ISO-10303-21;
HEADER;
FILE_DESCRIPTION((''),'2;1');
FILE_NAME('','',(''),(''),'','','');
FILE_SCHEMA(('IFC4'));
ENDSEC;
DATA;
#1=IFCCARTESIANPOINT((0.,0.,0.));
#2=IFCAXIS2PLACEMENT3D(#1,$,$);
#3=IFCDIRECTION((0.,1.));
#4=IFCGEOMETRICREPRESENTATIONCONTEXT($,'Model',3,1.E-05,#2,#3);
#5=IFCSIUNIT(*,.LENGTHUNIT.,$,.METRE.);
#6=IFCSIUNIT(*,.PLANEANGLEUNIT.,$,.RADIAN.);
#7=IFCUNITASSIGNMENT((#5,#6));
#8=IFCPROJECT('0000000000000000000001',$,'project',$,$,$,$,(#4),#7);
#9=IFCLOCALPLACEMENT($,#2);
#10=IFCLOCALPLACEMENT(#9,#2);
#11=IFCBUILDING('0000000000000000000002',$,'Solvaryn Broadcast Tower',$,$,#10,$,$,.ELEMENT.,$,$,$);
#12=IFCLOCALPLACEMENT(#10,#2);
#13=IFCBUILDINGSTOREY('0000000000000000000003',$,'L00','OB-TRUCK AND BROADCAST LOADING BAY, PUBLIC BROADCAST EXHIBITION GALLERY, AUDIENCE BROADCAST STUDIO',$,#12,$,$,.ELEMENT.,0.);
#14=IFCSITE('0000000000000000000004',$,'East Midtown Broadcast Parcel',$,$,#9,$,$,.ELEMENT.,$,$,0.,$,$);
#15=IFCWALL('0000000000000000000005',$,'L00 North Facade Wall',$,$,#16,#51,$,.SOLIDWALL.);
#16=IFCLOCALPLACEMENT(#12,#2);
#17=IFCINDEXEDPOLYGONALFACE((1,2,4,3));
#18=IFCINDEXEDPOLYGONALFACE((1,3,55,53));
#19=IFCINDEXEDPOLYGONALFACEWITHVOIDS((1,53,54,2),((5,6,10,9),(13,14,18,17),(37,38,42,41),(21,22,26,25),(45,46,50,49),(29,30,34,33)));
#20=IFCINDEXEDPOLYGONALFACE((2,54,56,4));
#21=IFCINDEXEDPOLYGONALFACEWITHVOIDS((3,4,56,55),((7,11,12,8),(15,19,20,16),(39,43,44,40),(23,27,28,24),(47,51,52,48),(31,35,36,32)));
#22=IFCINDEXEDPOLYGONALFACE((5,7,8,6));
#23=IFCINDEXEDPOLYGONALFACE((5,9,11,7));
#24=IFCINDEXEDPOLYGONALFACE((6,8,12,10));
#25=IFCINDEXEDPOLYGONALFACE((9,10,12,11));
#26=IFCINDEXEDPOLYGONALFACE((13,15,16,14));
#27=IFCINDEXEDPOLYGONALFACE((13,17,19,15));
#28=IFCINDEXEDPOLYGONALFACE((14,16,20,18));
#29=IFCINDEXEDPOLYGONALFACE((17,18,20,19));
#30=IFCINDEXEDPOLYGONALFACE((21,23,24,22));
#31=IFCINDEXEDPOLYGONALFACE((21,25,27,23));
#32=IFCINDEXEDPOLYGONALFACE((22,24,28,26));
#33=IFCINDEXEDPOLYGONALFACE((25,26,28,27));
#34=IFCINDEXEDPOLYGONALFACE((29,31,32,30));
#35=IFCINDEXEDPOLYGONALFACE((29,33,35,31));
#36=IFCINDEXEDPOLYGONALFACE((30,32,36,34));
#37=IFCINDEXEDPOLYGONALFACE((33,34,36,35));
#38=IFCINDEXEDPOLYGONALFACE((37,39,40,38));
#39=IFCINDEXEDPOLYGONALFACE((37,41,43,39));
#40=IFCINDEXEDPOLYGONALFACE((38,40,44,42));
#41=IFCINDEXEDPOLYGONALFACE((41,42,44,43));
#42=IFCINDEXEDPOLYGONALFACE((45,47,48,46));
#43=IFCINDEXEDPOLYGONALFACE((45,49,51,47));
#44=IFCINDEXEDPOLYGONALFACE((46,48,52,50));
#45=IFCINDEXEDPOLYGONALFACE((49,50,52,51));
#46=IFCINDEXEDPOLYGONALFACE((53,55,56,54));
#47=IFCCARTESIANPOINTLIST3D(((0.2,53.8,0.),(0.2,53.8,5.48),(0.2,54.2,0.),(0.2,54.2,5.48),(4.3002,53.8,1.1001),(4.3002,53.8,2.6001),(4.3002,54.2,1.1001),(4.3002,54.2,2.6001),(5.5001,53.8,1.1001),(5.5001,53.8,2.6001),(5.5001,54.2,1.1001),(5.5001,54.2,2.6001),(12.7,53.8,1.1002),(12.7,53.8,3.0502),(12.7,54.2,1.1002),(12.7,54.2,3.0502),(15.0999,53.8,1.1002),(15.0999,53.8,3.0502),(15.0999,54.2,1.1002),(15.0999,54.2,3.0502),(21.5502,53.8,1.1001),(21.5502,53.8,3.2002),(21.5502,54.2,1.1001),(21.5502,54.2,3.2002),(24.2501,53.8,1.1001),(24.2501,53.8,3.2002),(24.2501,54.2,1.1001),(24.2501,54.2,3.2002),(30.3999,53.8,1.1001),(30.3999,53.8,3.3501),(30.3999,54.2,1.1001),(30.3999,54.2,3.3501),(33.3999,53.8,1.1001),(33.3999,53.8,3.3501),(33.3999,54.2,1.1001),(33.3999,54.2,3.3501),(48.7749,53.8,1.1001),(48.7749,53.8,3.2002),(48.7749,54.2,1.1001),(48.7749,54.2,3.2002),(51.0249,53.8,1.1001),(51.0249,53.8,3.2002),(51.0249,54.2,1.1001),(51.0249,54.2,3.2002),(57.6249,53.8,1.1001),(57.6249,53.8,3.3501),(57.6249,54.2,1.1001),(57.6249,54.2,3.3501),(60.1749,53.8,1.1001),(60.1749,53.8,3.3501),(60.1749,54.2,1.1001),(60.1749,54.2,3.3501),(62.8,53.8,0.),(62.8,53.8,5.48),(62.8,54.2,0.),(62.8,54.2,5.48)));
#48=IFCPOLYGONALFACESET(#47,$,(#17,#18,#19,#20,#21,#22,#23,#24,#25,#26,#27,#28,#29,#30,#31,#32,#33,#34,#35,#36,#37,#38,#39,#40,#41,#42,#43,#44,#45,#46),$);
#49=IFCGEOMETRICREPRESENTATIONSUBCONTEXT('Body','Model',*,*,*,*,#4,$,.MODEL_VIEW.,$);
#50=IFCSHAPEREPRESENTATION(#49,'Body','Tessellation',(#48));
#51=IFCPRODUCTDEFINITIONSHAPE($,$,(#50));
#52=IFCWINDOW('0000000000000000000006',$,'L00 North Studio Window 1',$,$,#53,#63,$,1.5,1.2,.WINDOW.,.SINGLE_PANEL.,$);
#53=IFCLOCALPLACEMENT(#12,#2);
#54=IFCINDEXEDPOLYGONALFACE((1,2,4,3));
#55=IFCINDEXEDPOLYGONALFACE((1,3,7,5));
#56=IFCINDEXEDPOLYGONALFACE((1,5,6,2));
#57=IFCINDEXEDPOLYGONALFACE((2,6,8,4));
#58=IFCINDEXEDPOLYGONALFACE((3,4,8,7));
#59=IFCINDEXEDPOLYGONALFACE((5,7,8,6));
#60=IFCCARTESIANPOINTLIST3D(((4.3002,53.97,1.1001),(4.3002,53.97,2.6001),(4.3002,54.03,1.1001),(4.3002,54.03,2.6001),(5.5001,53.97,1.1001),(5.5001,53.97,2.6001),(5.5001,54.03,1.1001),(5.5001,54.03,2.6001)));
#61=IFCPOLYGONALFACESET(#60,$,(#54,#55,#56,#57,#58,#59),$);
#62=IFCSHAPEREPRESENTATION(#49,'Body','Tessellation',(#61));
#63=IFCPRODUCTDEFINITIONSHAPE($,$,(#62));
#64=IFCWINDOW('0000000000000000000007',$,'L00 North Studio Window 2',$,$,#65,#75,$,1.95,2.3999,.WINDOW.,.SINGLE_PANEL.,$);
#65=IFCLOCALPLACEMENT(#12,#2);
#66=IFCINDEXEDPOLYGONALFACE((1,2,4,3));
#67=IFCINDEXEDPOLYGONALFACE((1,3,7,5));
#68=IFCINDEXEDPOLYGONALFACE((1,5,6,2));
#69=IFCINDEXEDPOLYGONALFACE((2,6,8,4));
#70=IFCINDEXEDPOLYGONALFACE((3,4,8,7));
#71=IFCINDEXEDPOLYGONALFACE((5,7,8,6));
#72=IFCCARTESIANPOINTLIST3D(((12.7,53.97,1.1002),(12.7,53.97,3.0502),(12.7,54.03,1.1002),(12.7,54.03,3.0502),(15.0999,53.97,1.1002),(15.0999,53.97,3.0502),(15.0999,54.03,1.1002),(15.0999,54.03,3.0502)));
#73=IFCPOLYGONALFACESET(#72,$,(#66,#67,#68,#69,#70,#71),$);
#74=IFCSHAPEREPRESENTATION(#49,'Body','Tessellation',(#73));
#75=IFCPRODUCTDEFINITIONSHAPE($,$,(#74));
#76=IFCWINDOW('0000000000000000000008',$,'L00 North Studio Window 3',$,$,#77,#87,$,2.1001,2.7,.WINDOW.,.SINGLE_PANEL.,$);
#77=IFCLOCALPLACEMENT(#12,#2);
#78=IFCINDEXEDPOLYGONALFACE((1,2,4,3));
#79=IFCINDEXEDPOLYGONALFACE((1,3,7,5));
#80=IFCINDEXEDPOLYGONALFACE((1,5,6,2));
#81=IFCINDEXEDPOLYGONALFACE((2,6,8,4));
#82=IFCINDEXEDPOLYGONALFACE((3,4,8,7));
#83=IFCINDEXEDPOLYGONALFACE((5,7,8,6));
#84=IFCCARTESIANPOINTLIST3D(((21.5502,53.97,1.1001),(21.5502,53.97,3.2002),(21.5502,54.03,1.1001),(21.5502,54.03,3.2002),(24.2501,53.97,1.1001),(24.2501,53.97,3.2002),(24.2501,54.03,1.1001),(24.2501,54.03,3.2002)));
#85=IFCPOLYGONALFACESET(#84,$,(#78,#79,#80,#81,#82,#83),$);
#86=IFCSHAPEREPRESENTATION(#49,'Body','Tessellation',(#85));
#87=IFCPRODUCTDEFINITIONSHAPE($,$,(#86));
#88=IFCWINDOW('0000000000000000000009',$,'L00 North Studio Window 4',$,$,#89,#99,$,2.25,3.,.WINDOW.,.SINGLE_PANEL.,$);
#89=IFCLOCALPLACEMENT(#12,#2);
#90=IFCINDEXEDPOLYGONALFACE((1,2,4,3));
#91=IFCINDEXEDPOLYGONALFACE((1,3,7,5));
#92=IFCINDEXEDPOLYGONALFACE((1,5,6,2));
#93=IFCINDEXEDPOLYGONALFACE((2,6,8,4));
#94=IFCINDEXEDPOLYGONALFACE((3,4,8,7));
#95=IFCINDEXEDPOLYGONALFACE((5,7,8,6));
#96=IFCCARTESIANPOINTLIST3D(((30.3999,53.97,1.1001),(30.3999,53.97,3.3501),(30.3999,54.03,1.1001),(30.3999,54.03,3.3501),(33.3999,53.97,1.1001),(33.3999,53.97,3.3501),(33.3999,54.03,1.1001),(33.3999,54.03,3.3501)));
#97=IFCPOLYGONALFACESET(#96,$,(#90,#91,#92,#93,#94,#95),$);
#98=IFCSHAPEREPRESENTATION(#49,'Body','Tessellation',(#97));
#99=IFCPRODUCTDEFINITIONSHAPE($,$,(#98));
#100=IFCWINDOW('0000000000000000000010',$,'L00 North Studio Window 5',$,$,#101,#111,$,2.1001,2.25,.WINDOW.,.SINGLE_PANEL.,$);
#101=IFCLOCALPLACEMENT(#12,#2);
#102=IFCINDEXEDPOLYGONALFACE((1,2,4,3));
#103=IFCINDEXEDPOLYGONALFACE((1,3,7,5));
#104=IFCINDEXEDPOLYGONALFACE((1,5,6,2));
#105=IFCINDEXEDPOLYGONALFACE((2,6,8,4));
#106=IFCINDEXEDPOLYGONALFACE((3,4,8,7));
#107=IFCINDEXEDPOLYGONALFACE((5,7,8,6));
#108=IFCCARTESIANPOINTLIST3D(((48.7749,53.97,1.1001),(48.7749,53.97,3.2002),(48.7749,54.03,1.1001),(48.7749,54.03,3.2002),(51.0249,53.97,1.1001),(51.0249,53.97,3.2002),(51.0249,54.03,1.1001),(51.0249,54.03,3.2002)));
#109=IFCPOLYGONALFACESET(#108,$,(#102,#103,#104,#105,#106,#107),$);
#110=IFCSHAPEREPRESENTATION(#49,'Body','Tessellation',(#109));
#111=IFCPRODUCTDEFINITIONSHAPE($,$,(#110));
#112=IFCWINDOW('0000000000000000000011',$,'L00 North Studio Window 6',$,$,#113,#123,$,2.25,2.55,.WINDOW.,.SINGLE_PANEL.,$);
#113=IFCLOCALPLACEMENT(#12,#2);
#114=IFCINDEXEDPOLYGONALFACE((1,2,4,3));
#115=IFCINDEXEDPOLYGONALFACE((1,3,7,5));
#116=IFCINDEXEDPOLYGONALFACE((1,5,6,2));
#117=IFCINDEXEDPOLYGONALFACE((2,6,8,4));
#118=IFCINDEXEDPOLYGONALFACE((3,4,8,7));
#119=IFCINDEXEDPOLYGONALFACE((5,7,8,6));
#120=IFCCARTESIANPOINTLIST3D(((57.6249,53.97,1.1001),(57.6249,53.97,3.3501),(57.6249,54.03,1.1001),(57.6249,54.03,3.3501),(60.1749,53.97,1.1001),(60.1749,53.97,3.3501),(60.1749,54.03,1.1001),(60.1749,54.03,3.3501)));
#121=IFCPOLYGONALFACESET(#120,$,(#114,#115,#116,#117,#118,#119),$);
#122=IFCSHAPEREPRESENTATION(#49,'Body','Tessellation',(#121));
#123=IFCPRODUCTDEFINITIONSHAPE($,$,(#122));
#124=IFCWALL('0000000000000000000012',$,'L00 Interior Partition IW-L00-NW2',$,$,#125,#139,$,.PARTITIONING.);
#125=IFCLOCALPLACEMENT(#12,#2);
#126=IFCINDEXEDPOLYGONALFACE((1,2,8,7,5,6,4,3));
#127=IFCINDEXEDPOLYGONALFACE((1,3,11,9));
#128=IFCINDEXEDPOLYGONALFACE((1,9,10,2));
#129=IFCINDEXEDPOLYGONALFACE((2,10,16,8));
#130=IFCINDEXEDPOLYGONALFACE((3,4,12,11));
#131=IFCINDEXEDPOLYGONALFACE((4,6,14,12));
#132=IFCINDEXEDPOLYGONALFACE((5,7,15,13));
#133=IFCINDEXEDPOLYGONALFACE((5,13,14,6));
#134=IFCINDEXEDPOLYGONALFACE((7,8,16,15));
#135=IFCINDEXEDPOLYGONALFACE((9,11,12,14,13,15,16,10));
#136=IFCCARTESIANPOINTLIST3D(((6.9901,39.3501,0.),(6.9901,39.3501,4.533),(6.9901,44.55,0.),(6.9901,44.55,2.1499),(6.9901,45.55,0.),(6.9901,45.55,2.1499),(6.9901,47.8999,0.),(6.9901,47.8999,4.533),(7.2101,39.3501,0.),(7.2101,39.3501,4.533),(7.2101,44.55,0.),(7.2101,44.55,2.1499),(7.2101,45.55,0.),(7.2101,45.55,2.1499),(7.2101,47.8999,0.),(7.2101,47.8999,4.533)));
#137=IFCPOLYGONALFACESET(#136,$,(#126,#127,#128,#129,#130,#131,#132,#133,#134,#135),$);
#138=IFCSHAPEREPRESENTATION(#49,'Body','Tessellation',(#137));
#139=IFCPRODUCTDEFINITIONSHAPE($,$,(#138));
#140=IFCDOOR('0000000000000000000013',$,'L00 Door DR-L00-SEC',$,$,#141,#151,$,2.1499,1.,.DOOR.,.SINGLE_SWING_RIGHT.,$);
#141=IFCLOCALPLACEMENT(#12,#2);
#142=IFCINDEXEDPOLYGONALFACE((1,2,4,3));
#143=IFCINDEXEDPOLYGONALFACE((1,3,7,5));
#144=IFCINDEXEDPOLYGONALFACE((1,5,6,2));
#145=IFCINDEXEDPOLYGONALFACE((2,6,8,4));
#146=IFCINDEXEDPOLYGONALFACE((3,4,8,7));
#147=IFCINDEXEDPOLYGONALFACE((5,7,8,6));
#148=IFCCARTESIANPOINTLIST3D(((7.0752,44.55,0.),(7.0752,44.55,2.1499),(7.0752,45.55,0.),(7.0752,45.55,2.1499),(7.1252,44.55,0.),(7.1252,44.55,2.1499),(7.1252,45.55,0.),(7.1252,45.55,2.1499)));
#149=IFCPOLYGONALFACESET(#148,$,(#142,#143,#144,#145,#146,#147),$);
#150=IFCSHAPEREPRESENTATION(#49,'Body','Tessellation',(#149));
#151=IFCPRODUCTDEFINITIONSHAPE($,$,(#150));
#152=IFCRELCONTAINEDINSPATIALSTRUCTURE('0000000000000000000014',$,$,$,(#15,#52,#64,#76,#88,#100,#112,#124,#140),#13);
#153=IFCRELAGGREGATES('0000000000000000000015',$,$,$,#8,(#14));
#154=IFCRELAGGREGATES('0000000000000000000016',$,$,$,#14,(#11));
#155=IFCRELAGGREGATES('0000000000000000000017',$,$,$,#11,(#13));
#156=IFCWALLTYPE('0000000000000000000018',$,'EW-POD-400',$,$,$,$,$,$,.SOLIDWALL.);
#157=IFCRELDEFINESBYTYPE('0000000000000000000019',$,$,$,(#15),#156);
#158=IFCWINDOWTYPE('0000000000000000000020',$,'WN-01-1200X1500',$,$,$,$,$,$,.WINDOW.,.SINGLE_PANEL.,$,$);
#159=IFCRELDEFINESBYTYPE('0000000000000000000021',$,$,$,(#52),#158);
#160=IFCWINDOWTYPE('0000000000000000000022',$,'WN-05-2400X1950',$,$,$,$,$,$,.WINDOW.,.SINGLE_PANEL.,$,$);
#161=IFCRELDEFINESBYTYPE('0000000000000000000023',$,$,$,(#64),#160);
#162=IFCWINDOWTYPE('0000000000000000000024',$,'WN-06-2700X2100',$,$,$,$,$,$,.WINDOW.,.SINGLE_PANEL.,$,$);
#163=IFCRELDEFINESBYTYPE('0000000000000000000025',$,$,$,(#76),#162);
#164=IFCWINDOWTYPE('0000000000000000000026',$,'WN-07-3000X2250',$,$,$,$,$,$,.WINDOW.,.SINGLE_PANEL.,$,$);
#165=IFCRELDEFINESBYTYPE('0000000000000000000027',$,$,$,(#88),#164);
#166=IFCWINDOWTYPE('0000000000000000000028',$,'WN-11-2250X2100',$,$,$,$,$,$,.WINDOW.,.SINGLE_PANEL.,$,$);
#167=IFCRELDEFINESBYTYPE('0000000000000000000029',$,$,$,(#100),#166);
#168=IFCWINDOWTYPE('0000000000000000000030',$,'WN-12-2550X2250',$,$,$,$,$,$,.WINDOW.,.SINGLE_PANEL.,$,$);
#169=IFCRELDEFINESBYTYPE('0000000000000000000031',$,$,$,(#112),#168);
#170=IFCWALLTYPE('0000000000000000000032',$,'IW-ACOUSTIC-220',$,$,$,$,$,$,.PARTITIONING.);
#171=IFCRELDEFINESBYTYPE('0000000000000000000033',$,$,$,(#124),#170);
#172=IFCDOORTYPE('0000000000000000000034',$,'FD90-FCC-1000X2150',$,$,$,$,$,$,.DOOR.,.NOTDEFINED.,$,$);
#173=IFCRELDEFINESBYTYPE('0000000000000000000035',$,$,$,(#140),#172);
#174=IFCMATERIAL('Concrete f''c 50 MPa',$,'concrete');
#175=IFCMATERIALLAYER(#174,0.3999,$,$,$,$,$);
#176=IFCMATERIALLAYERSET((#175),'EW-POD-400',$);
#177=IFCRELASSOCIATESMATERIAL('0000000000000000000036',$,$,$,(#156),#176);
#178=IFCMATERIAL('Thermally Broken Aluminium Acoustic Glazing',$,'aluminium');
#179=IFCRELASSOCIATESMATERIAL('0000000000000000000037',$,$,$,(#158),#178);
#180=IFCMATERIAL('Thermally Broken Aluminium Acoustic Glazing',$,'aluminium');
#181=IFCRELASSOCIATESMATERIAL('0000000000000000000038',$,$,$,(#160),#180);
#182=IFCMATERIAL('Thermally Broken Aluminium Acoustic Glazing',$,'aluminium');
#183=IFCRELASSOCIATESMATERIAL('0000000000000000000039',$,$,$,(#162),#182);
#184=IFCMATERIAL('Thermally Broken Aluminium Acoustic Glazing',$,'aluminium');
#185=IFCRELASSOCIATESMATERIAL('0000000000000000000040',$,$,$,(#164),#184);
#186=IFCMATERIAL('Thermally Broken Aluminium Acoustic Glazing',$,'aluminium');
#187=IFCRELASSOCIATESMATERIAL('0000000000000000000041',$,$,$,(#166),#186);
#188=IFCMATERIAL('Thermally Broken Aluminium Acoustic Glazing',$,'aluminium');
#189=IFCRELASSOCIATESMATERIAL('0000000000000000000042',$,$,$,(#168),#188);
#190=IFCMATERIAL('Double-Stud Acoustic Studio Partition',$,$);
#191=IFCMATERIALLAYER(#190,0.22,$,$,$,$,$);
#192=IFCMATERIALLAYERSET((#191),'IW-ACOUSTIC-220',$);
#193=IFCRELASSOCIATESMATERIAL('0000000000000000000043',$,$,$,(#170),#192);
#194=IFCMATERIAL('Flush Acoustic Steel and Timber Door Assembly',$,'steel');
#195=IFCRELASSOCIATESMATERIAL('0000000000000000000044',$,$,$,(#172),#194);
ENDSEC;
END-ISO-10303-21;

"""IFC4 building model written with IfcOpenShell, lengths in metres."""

from ifc_helpers import new_model, si_unit, direction, frame, frame_2d, origin, place, context, subcontext, project, spatial, rectangle, extrude, material, layer, layer_set, type_object, element, fill, save


model = new_model("IFC4")

# Units and contexts
model_context = context("Model", 3, precision=1e-05, world=origin(), true_north=direction((0.0, 1.0)))
body_context = subcontext(model_context, "Body", "Model", "MODEL_VIEW")
ifc_project = project(units=[si_unit("LENGTHUNIT", "METRE"), si_unit("PLANEANGLEUNIT", "RADIAN")], contexts=[model_context])

# Site, building, storey
site_placement = place(None, origin())
site = spatial("IfcSite", under=ifc_project, at=site_placement, Name="East Midtown Broadcast Parcel", CompositionType="ELEMENT", RefElevation=0.0)
building_placement = place(site_placement, origin())
building = spatial("IfcBuilding", under=site, at=building_placement, Name="Solvaryn Broadcast Tower", CompositionType="ELEMENT")
storey_placement = place(building_placement, origin())
storey = spatial("IfcBuildingStorey", under=building, at=storey_placement, Name="L00", Description="OB-TRUCK AND BROADCAST LOADING BAY, PUBLIC BROADCAST EXHIBITION GALLERY, AUDIENCE BROADCAST STUDIO", CompositionType="ELEMENT", Elevation=0.0)

# Wall, openings, windows
ifc_material_1 = material(Name="Concrete f'c 50 MPa", Category="concrete")
ifc_layer_1 = layer(ifc_material_1, 0.3999)
ifc_layer_set_1 = layer_set([ifc_layer_1], Name="EW-POD-400")
wall_type_1 = type_object("IfcWallType", Name="EW-POD-400", PredefinedType="SOLIDWALL", material=ifc_layer_set_1)
wall_1_placement = place(storey_placement, frame((0.2, 54.0, 0.0), z_axis=(0.0, 0.0, 1.0), x_axis=(1.0, 0.0, 0.0)))
wall_1 = element("IfcWall", 1, at=wall_1_placement, inside=storey, type_object=wall_type_1, Name="L00 North Facade Wall", PredefinedType="SOLIDWALL", context=body_context, shape_type="SweptSolid", body=[
    extrude(rectangle(XDim=62.6001, YDim=0.3999, at=frame_2d((31.3, 0.0))), origin(), (0.0, 0.0, 1.0), 5.48),
])
opening_1_placement = place(wall_1_placement, frame((4.1001, 0.0, 1.1001)))
opening_1 = element("IfcOpeningElement", 2, at=opening_1_placement, cuts=wall_1, PredefinedType="OPENING", context=body_context, shape_type="SweptSolid", body=[
    extrude(rectangle(XDim=1.2, YDim=1.5, at=frame_2d((0.6001, 0.75))), frame((0.0, 0.21, 0.0), z_axis=(0.0, -1.0, 0.0), x_axis=(1.0, 0.0, 0.0)), (0.0, 0.0, 1.0), 0.4199),
])
opening_2_placement = place(wall_1_placement, frame((12.5, 0.0, 1.1001)))
opening_2 = element("IfcOpeningElement", 3, at=opening_2_placement, cuts=wall_1, PredefinedType="OPENING", context=body_context, shape_type="SweptSolid", body=[
    extrude(rectangle(XDim=2.3999, YDim=1.95, at=frame_2d((1.2, 0.9751))), frame((0.0, 0.21, 0.0), z_axis=(0.0, -1.0, 0.0), x_axis=(1.0, 0.0, 0.0)), (0.0, 0.0, 1.0), 0.4199),
])
opening_3_placement = place(wall_1_placement, frame((21.3501, 0.0, 1.1001)))
opening_3 = element("IfcOpeningElement", 4, at=opening_3_placement, cuts=wall_1, PredefinedType="OPENING", context=body_context, shape_type="SweptSolid", body=[
    extrude(rectangle(XDim=2.7, YDim=2.1001, at=frame_2d((1.3501, 1.05))), frame((0.0, 0.21, 0.0), z_axis=(0.0, -1.0, 0.0), x_axis=(1.0, 0.0, 0.0)), (0.0, 0.0, 1.0), 0.4199),
])
opening_4_placement = place(wall_1_placement, frame((30.2, 0.0, 1.1001)))
opening_4 = element("IfcOpeningElement", 5, at=opening_4_placement, cuts=wall_1, PredefinedType="OPENING", context=body_context, shape_type="SweptSolid", body=[
    extrude(rectangle(XDim=3.0, YDim=2.25, at=frame_2d((1.5, 1.125))), frame((0.0, 0.21, 0.0), z_axis=(0.0, -1.0, 0.0), x_axis=(1.0, 0.0, 0.0)), (0.0, 0.0, 1.0), 0.4199),
])
opening_5_placement = place(wall_1_placement, frame((48.575, 0.0, 1.1001)))
opening_5 = element("IfcOpeningElement", 6, at=opening_5_placement, cuts=wall_1, PredefinedType="OPENING", context=body_context, shape_type="SweptSolid", body=[
    extrude(rectangle(XDim=2.25, YDim=2.1001, at=frame_2d((1.125, 1.05))), frame((0.0, 0.21, 0.0), z_axis=(0.0, -1.0, 0.0), x_axis=(1.0, 0.0, 0.0)), (0.0, 0.0, 1.0), 0.4199),
])
opening_6_placement = place(wall_1_placement, frame((57.425, 0.0, 1.1001)))
opening_6 = element("IfcOpeningElement", 7, at=opening_6_placement, cuts=wall_1, PredefinedType="OPENING", context=body_context, shape_type="SweptSolid", body=[
    extrude(rectangle(XDim=2.55, YDim=2.25, at=frame_2d((1.2749, 1.125))), frame((0.0, 0.21, 0.0), z_axis=(0.0, -1.0, 0.0), x_axis=(1.0, 0.0, 0.0)), (0.0, 0.0, 1.0), 0.4199),
])
ifc_material_2 = material(Name="Thermally Broken Aluminium Acoustic Glazing", Category="aluminium")
window_type_1 = type_object("IfcWindowType", Name="WN-01-1200X1500", PartitioningType="SINGLE_PANEL", PredefinedType="WINDOW", material=ifc_material_2)
window_1_placement = place(opening_1_placement, origin())
window_1 = element("IfcWindow", 8, at=window_1_placement, inside=storey, type_object=window_type_1, Name="L00 North Studio Window 1", OverallHeight=1.5, OverallWidth=1.2, PartitioningType="SINGLE_PANEL", PredefinedType="WINDOW", context=body_context, shape_type="SweptSolid", body=[
    extrude(rectangle(XDim=1.2, YDim=1.5, at=frame_2d((0.6001, 0.75))), frame((0.0, 0.03, 0.0), z_axis=(0.0, -1.0, 0.0), x_axis=(1.0, 0.0, 0.0)), (0.0, 0.0, 1.0), 0.0601),
])
fill(opening_1, window_1)
ifc_material_3 = material(Name="Thermally Broken Aluminium Acoustic Glazing", Category="aluminium")
window_type_2 = type_object("IfcWindowType", Name="WN-05-2400X1950", PartitioningType="SINGLE_PANEL", PredefinedType="WINDOW", material=ifc_material_3)
window_2_placement = place(opening_2_placement, origin())
window_2 = element("IfcWindow", 9, at=window_2_placement, inside=storey, type_object=window_type_2, Name="L00 North Studio Window 2", OverallHeight=1.95, OverallWidth=2.3999, PartitioningType="SINGLE_PANEL", PredefinedType="WINDOW", context=body_context, shape_type="SweptSolid", body=[
    extrude(rectangle(XDim=2.3999, YDim=1.95, at=frame_2d((1.2, 0.9751))), frame((0.0, 0.03, 0.0), z_axis=(0.0, -1.0, 0.0), x_axis=(1.0, 0.0, 0.0)), (0.0, 0.0, 1.0), 0.0601),
])
fill(opening_2, window_2)
ifc_material_4 = material(Name="Thermally Broken Aluminium Acoustic Glazing", Category="aluminium")
window_type_3 = type_object("IfcWindowType", Name="WN-06-2700X2100", PartitioningType="SINGLE_PANEL", PredefinedType="WINDOW", material=ifc_material_4)
window_3_placement = place(opening_3_placement, origin())
window_3 = element("IfcWindow", 10, at=window_3_placement, inside=storey, type_object=window_type_3, Name="L00 North Studio Window 3", OverallHeight=2.1001, OverallWidth=2.7, PartitioningType="SINGLE_PANEL", PredefinedType="WINDOW", context=body_context, shape_type="SweptSolid", body=[
    extrude(rectangle(XDim=2.7, YDim=2.1001, at=frame_2d((1.3501, 1.05))), frame((0.0, 0.03, 0.0), z_axis=(0.0, -1.0, 0.0), x_axis=(1.0, 0.0, 0.0)), (0.0, 0.0, 1.0), 0.0601),
])
fill(opening_3, window_3)
ifc_material_5 = material(Name="Thermally Broken Aluminium Acoustic Glazing", Category="aluminium")
window_type_4 = type_object("IfcWindowType", Name="WN-07-3000X2250", PartitioningType="SINGLE_PANEL", PredefinedType="WINDOW", material=ifc_material_5)
window_4_placement = place(opening_4_placement, origin())
window_4 = element("IfcWindow", 11, at=window_4_placement, inside=storey, type_object=window_type_4, Name="L00 North Studio Window 4", OverallHeight=2.25, OverallWidth=3.0, PartitioningType="SINGLE_PANEL", PredefinedType="WINDOW", context=body_context, shape_type="SweptSolid", body=[
    extrude(rectangle(XDim=3.0, YDim=2.25, at=frame_2d((1.5, 1.125))), frame((0.0, 0.03, 0.0), z_axis=(0.0, -1.0, 0.0), x_axis=(1.0, 0.0, 0.0)), (0.0, 0.0, 1.0), 0.0601),
])
fill(opening_4, window_4)
ifc_material_6 = material(Name="Thermally Broken Aluminium Acoustic Glazing", Category="aluminium")
window_type_5 = type_object("IfcWindowType", Name="WN-11-2250X2100", PartitioningType="SINGLE_PANEL", PredefinedType="WINDOW", material=ifc_material_6)
window_5_placement = place(opening_5_placement, origin())
window_5 = element("IfcWindow", 12, at=window_5_placement, inside=storey, type_object=window_type_5, Name="L00 North Studio Window 5", OverallHeight=2.1001, OverallWidth=2.25, PartitioningType="SINGLE_PANEL", PredefinedType="WINDOW", context=body_context, shape_type="SweptSolid", body=[
    extrude(rectangle(XDim=2.25, YDim=2.1001, at=frame_2d((1.125, 1.05))), frame((0.0, 0.03, 0.0), z_axis=(0.0, -1.0, 0.0), x_axis=(1.0, 0.0, 0.0)), (0.0, 0.0, 1.0), 0.0601),
])
fill(opening_5, window_5)
ifc_material_7 = material(Name="Thermally Broken Aluminium Acoustic Glazing", Category="aluminium")
window_type_6 = type_object("IfcWindowType", Name="WN-12-2550X2250", PartitioningType="SINGLE_PANEL", PredefinedType="WINDOW", material=ifc_material_7)
window_6_placement = place(opening_6_placement, origin())
window_6 = element("IfcWindow", 13, at=window_6_placement, inside=storey, type_object=window_type_6, Name="L00 North Studio Window 6", OverallHeight=2.25, OverallWidth=2.55, PartitioningType="SINGLE_PANEL", PredefinedType="WINDOW", context=body_context, shape_type="SweptSolid", body=[
    extrude(rectangle(XDim=2.55, YDim=2.25, at=frame_2d((1.2749, 1.125))), frame((0.0, 0.03, 0.0), z_axis=(0.0, -1.0, 0.0), x_axis=(1.0, 0.0, 0.0)), (0.0, 0.0, 1.0), 0.0601),
])
fill(opening_6, window_6)

# Wall, opening, door
ifc_material_8 = material(Name="Double-Stud Acoustic Studio Partition")
ifc_layer_2 = layer(ifc_material_8, 0.22)
ifc_layer_set_2 = layer_set([ifc_layer_2], Name="IW-ACOUSTIC-220")
wall_type_2 = type_object("IfcWallType", Name="IW-ACOUSTIC-220", PredefinedType="PARTITIONING", material=ifc_layer_set_2)
wall_2_placement = place(storey_placement, frame((7.1001, 39.3501, 0.0), z_axis=(0.0, 0.0, 1.0), x_axis=(0.0, 1.0, 0.0)))
wall_2 = element("IfcWall", 14, at=wall_2_placement, inside=storey, type_object=wall_type_2, Name="L00 Interior Partition IW-L00-NW2", PredefinedType="PARTITIONING", context=body_context, shape_type="SweptSolid", body=[
    extrude(rectangle(XDim=8.5498, YDim=0.22, at=frame_2d((4.2749, 0.0))), origin(), (0.0, 0.0, 1.0), 4.533),
])
opening_7_placement = place(wall_2_placement, frame((5.2, 0.0, 0.0)))
opening_7 = element("IfcOpeningElement", 15, at=opening_7_placement, cuts=wall_2, PredefinedType="OPENING", context=body_context, shape_type="SweptSolid", body=[
    extrude(rectangle(XDim=1.0, YDim=2.1499, at=frame_2d((0.5, 1.075))), frame((0.0, 0.1199, 0.0), z_axis=(0.0, -1.0, 0.0), x_axis=(1.0, 0.0, 0.0)), (0.0, 0.0, 1.0), 0.24),
])
ifc_material_9 = material(Name="Flush Acoustic Steel and Timber Door Assembly", Category="steel")
door_type_1 = type_object("IfcDoorType", Name="FD90-FCC-1000X2150", OperationType="NOTDEFINED", PredefinedType="DOOR", material=ifc_material_9)
door_1_placement = place(opening_7_placement, origin())
door_1 = element("IfcDoor", 16, at=door_1_placement, inside=storey, type_object=door_type_1, Name="L00 Door DR-L00-SEC", OperationType="SINGLE_SWING_RIGHT", OverallHeight=2.1499, OverallWidth=1.0, PredefinedType="DOOR", context=body_context, shape_type="SweptSolid", body=[
    extrude(rectangle(XDim=1.0, YDim=2.1499, at=frame_2d((0.5, 1.075))), frame((0.0, 0.0249, 0.0), z_axis=(0.0, -1.0, 0.0), x_axis=(1.0, 0.0, 0.0)), (0.0, 0.0, 1.0), 0.05),
])
fill(opening_7, door_1)

save(model, "model.ifc")
